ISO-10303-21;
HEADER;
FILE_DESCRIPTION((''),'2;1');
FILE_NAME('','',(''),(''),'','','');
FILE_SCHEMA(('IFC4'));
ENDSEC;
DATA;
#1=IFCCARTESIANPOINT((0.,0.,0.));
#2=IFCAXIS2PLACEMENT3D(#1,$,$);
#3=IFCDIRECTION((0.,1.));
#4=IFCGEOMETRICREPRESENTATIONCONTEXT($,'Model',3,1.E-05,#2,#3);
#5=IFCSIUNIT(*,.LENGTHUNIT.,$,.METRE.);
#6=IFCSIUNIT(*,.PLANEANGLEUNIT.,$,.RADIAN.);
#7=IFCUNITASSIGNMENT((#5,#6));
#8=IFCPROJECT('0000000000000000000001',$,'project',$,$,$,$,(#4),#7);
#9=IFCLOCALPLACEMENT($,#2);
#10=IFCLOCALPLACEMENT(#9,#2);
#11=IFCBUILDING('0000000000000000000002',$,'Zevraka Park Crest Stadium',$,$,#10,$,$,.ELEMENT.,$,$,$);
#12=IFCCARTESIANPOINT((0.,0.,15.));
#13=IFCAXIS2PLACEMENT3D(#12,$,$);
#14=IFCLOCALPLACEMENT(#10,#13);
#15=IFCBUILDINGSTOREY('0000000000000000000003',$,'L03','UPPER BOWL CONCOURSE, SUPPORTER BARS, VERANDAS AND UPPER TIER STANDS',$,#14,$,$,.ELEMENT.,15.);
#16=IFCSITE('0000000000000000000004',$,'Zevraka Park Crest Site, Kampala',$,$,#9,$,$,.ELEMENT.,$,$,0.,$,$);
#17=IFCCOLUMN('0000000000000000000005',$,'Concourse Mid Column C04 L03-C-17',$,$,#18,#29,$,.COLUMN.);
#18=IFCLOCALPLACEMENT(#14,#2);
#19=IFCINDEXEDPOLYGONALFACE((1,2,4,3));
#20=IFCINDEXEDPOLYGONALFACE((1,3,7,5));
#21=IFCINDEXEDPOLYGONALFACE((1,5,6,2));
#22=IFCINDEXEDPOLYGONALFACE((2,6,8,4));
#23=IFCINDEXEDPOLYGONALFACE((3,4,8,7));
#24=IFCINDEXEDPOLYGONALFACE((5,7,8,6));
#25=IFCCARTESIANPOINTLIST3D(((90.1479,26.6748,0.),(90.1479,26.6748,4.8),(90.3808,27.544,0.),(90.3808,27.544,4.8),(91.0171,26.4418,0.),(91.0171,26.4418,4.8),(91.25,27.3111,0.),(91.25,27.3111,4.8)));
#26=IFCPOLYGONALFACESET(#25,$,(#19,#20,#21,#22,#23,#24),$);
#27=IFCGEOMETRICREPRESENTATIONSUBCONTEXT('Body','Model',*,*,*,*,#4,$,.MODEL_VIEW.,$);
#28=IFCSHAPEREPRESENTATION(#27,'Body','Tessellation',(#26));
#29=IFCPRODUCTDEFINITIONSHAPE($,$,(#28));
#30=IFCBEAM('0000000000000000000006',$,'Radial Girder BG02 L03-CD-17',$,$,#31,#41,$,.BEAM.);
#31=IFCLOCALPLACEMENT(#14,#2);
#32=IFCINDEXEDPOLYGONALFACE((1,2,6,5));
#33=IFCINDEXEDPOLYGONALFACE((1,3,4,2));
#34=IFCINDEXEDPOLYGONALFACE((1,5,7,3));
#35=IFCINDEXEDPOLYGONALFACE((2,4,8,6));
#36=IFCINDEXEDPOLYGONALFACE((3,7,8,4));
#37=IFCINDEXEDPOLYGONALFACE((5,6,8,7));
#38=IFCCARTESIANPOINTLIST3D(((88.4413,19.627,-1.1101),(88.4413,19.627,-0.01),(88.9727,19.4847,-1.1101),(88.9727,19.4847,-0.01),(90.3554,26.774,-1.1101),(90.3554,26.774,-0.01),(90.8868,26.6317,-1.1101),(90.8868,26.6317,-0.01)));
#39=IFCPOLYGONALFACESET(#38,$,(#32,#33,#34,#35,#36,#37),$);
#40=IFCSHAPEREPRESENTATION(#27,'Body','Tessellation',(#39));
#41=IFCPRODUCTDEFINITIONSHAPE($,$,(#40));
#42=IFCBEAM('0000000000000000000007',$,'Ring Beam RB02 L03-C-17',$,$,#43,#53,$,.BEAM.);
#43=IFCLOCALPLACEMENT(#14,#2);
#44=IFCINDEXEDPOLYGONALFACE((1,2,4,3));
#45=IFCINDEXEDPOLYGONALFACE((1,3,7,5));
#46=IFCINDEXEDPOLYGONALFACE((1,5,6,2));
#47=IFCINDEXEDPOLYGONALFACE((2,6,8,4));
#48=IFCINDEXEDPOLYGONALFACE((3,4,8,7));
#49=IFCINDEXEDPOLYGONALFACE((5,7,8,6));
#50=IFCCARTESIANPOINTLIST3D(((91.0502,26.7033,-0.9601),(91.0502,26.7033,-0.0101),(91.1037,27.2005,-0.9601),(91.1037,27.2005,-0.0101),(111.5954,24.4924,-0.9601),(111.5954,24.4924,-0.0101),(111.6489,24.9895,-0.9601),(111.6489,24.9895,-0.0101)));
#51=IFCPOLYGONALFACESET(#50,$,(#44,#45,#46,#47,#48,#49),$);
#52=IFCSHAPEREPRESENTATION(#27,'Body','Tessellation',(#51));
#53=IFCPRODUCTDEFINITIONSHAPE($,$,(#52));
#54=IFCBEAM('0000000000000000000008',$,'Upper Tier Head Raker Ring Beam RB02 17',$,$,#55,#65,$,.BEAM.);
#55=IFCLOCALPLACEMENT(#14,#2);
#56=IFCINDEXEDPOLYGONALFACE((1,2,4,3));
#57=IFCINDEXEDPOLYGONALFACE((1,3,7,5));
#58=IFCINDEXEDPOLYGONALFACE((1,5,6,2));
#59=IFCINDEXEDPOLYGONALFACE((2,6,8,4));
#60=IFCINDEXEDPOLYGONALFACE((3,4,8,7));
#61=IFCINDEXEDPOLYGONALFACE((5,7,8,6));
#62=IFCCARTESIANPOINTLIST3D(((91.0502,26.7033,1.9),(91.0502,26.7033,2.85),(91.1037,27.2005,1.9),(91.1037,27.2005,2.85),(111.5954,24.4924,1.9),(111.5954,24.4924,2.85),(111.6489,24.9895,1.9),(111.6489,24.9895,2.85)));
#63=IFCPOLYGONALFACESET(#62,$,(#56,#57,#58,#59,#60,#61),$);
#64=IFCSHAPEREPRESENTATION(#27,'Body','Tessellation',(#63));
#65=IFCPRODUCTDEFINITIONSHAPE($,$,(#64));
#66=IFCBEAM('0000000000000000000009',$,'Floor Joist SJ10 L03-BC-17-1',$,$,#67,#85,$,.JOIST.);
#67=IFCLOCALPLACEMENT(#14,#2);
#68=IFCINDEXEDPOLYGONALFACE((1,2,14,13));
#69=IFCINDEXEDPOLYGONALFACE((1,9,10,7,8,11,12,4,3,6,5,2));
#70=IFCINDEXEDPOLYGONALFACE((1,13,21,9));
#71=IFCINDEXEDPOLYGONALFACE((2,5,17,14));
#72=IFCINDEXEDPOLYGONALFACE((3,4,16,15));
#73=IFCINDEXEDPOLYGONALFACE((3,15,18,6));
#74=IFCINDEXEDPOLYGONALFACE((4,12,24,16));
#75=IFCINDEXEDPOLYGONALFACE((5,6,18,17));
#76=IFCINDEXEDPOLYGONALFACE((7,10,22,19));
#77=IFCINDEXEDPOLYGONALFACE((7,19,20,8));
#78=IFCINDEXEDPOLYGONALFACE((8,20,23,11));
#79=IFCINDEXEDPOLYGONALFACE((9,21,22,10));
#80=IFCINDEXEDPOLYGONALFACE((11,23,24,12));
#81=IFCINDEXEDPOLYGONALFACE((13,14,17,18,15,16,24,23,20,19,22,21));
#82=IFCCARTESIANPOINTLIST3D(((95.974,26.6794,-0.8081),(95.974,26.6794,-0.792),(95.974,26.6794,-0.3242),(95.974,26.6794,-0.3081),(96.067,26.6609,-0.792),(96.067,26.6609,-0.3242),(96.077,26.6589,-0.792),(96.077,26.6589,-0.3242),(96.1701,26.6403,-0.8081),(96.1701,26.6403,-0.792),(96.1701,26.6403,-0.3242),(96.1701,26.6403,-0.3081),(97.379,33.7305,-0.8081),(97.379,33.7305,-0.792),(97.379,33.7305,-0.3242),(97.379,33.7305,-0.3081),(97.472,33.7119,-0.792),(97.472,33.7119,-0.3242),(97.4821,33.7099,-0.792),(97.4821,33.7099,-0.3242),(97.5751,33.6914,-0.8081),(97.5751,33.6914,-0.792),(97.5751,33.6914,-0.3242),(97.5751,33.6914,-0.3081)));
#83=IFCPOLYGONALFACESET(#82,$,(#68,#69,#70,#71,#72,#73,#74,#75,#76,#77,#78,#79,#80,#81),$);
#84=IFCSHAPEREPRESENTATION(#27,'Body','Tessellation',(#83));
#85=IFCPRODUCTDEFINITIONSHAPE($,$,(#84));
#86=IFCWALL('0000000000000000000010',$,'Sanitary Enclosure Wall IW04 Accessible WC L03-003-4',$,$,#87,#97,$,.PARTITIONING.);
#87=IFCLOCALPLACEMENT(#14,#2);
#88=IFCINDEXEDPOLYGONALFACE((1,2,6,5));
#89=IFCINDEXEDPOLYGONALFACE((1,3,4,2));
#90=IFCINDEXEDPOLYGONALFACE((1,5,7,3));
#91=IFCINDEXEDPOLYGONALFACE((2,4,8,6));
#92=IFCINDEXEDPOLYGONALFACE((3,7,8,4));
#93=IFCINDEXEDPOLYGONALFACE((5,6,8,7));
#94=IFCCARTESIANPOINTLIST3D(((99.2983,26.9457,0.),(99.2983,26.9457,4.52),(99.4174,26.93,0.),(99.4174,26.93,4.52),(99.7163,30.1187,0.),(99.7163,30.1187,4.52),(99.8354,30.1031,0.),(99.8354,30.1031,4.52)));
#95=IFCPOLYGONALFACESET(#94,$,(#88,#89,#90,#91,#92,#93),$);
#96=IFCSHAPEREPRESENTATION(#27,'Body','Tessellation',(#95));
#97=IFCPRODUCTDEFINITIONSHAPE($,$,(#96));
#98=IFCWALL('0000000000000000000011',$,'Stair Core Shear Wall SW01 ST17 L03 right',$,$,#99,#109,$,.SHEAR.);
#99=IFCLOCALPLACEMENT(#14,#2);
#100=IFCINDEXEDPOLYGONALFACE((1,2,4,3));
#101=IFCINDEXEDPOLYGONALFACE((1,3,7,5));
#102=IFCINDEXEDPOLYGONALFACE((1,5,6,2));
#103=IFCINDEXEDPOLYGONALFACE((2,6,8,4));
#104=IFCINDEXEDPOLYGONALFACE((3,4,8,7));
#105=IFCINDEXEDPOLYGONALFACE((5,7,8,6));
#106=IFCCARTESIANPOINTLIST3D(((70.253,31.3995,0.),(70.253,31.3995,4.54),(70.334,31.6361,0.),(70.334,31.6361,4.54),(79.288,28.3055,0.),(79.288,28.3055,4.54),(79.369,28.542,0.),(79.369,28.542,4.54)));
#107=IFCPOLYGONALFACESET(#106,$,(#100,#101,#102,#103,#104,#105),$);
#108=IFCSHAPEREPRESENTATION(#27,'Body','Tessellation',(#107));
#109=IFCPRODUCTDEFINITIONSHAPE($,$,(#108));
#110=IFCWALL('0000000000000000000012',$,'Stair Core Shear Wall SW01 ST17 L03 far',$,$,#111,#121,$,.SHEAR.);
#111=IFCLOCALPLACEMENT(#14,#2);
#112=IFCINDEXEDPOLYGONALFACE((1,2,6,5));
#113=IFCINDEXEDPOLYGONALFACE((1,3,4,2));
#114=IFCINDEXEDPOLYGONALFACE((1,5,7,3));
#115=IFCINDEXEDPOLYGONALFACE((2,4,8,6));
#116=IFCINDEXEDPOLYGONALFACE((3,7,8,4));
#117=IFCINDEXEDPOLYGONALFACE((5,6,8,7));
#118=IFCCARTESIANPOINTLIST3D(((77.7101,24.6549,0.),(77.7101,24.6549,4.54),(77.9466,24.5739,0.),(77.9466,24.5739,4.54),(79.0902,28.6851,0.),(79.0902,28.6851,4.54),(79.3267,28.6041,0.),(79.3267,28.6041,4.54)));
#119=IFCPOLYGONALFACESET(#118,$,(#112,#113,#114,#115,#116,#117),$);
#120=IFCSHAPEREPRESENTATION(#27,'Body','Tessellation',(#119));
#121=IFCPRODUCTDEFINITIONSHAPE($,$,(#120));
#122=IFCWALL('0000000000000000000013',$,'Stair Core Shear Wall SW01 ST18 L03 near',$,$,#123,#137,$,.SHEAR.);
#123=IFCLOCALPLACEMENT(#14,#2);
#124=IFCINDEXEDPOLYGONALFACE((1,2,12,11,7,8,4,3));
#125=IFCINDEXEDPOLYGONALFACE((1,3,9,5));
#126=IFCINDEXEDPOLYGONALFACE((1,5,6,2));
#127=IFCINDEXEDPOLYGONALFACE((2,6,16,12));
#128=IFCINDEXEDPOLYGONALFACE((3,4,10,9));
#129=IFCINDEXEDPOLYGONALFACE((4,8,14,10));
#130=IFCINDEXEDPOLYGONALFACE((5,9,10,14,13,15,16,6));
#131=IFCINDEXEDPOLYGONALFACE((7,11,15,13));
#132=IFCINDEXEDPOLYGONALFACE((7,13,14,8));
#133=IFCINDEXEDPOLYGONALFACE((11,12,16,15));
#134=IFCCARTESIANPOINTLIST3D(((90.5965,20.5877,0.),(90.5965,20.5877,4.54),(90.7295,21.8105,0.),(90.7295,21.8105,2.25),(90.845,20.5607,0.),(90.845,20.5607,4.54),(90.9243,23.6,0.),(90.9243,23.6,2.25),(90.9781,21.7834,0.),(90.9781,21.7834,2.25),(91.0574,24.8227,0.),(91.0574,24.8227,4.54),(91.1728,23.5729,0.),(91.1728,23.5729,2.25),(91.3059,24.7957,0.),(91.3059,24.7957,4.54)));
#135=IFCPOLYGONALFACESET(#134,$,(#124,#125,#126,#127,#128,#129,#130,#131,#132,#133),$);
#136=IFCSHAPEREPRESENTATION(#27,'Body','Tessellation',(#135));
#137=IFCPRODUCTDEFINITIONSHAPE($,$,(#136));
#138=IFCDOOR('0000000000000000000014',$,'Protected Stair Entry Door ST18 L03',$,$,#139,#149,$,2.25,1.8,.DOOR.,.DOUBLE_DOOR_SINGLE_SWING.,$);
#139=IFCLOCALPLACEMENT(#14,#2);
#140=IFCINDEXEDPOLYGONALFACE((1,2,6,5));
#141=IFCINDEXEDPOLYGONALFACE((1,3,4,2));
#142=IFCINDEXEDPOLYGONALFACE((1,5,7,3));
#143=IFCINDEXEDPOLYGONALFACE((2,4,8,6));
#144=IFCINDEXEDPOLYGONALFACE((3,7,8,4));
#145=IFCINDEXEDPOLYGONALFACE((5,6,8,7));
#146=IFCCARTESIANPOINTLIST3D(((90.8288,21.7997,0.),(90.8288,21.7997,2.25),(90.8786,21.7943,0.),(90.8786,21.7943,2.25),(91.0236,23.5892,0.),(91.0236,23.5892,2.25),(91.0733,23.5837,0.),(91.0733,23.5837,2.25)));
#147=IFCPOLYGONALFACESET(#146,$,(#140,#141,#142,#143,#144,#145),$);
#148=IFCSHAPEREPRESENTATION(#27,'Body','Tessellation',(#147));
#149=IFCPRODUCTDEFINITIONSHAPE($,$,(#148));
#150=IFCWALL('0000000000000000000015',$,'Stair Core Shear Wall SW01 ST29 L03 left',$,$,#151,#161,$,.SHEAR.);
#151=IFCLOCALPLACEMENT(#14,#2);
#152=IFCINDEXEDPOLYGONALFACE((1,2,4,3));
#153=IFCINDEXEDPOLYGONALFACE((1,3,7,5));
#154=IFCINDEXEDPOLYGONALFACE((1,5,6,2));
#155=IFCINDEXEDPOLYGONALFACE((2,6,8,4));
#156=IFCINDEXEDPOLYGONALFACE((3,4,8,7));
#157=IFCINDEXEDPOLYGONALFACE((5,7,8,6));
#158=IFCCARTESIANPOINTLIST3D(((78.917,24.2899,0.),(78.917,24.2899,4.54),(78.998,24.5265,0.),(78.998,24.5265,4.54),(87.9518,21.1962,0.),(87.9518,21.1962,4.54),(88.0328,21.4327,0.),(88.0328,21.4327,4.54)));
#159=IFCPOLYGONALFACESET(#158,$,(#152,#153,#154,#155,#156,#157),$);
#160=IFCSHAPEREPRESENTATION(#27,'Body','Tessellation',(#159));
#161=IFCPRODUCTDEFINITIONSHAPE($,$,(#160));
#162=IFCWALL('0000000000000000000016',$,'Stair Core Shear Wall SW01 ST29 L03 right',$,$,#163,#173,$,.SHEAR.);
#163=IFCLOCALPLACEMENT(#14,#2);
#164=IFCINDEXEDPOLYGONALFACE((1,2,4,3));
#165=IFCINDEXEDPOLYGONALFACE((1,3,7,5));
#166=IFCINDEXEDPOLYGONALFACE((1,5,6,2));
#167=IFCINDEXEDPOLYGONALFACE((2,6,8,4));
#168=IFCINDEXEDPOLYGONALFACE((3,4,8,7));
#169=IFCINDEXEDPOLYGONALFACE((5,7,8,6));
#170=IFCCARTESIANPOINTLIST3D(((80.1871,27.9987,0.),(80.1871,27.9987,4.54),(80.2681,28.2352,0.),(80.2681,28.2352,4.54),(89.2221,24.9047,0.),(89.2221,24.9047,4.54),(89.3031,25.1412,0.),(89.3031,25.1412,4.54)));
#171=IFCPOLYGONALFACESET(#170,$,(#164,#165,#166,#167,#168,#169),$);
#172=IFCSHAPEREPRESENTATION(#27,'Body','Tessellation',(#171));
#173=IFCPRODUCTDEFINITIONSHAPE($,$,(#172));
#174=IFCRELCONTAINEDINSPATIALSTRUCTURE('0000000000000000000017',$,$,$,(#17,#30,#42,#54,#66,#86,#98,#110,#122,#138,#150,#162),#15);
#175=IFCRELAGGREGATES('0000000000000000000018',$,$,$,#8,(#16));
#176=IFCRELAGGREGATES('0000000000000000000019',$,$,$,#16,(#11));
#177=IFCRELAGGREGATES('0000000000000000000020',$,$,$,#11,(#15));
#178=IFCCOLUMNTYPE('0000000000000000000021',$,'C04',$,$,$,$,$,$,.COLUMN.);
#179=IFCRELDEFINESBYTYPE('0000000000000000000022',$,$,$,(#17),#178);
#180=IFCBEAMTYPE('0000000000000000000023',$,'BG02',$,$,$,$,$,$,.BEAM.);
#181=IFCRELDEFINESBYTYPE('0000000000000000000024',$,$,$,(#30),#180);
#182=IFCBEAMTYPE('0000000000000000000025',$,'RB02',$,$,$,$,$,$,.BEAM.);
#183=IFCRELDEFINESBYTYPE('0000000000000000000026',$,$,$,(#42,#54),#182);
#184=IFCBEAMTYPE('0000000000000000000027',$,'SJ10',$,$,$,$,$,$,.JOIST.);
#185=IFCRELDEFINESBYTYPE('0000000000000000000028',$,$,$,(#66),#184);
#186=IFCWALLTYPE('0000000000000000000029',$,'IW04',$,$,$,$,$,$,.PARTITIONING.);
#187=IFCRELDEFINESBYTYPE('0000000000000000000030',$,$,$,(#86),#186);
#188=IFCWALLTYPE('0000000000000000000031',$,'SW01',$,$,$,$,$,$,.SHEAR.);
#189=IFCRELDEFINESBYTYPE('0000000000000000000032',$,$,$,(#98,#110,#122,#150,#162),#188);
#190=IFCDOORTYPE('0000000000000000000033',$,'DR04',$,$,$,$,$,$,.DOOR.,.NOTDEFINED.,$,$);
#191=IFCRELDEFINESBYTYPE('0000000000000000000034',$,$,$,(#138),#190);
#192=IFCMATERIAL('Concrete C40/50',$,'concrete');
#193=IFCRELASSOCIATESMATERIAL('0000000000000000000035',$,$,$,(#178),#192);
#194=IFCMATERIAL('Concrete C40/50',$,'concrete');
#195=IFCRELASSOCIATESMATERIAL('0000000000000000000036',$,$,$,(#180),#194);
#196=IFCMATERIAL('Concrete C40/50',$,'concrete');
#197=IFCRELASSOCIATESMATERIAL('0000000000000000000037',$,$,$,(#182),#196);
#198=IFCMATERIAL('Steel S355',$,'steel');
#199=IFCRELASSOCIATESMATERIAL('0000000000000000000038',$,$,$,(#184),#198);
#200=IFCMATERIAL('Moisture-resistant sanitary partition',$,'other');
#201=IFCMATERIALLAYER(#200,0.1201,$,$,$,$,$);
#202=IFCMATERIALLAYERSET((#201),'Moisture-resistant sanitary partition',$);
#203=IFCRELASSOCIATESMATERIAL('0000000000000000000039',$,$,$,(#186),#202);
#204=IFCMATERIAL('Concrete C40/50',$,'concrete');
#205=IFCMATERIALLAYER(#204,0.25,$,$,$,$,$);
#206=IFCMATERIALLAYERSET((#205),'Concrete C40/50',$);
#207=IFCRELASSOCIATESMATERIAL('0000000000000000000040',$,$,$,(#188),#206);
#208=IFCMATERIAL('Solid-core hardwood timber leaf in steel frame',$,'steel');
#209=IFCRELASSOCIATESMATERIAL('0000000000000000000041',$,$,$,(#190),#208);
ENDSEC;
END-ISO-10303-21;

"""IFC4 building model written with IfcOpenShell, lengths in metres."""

from ifc_helpers import new_model, si_unit, direction, frame, frame_2d, origin, origin_2d, place, context, subcontext, project, spatial, rectangle, i_section, extrude, material, layer, layer_set, material_profile, profile_set, type_object, element, fill, save


model = new_model("IFC4")

# Units and contexts
model_context = context("Model", 3, precision=1e-05, world=origin(), true_north=direction((0.0, 1.0)))
body_context = subcontext(model_context, "Body", "Model", "MODEL_VIEW")
ifc_project = project(units=[si_unit("LENGTHUNIT", "METRE"), si_unit("PLANEANGLEUNIT", "RADIAN")], contexts=[model_context])

# Site, building, storey
site_placement = place(None, origin())
site = spatial("IfcSite", under=ifc_project, at=site_placement, Name="Zevraka Park Crest Site, Kampala", CompositionType="ELEMENT", RefElevation=0.0)
building_placement = place(site_placement, origin())
building = spatial("IfcBuilding", under=site, at=building_placement, Name="Zevraka Park Crest Stadium", CompositionType="ELEMENT")
storey_placement = place(building_placement, frame((0.0, 0.0, 15.0)))
storey = spatial("IfcBuildingStorey", under=building, at=storey_placement, Name="L03", Description="UPPER BOWL CONCOURSE, SUPPORTER BARS, VERANDAS AND UPPER TIER STANDS", CompositionType="ELEMENT", Elevation=15.0)

# Column
ifc_material_1 = material(Name="Concrete C40/50", Category="concrete")
ifc_material_profile_1 = material_profile(ifc_material_1, rectangle(XDim=0.8999, YDim=0.8999, at=origin_2d()), Name="RC 900x900")
ifc_profile_set_1 = profile_set([ifc_material_profile_1], Name="Concrete C40/50")
column_type = type_object("IfcColumnType", Name="C04", PredefinedType="COLUMN", material=ifc_profile_set_1)
column_placement = place(storey_placement, frame((90.699, 26.9929, 0.0), z_axis=(0.0, 0.0, 1.0), x_axis=(0.258819, 0.965926, 0.0)))
element("IfcColumn", 1, at=column_placement, inside=storey, type_object=column_type, Name="Concourse Mid Column C04 L03-C-17", PredefinedType="COLUMN", context=body_context, shape_type="SweptSolid", body=[
    extrude(rectangle(XDim=0.8999, YDim=0.8999, at=origin_2d()), origin(), (0.0, 0.0, 1.0), 4.8),
])

# Beams
ifc_material_2 = material(Name="Concrete C40/50", Category="concrete")
ifc_material_profile_2 = material_profile(ifc_material_2, rectangle(XDim=0.55, YDim=1.1001, at=origin_2d()), Name="RC 1100x550")
ifc_profile_set_2 = profile_set([ifc_material_profile_2], Name="Concrete C40/50")
beam_type_1 = type_object("IfcBeamType", Name="BG02", PredefinedType="BEAM", material=ifc_profile_set_2)
beam_1_placement = place(storey_placement, frame((90.6211, 26.7029, -0.5601), z_axis=(-0.258698, -0.965958, 0.0), x_axis=(0.965958, -0.258698, 0.0)))
element("IfcBeam", 2, at=beam_1_placement, inside=storey, type_object=beam_type_1, Name="Radial Girder BG02 L03-CD-17", PredefinedType="BEAM", context=body_context, shape_type="SweptSolid", body=[
    extrude(rectangle(XDim=0.55, YDim=1.1001, at=origin_2d()), origin(), (0.0, 0.0, 1.0), 7.3989),
])
ifc_material_3 = material(Name="Concrete C40/50", Category="concrete")
ifc_material_profile_3 = material_profile(ifc_material_3, rectangle(XDim=0.5, YDim=0.95, at=origin_2d()), Name="RC 950x500")
ifc_profile_set_3 = profile_set([ifc_material_profile_3], Name="Concrete C40/50")
beam_type_2 = type_object("IfcBeamType", Name="RB02", PredefinedType="BEAM", material=ifc_profile_set_3)
for number, where, z_axis, x_axis, name in (
    (3, (91.0769, 26.9519, -0.4851), (0.994259, -0.106996, 0.0), (0.106996, 0.994259, 0.0), "Ring Beam RB02 L03-C-17"),
    (4, (91.0769, 26.9519, 2.375), (0.994259, -0.106996, 0.0), (0.106996, 0.994259, 0.0), "Upper Tier Head Raker Ring Beam RB02 17"),
):
    element("IfcBeam", number, at=place(storey_placement, frame(where, z_axis=z_axis, x_axis=x_axis)), inside=storey, type_object=beam_type_2, Name=name, PredefinedType="BEAM", context=body_context, shape_type="SweptSolid", body=[
        extrude(rectangle(XDim=0.5, YDim=0.95, at=origin_2d()), origin(), (0.0, 0.0, 1.0), 20.6638),
    ])
ifc_material_4 = material(Name="Steel S355", Category="steel")
ifc_material_profile_4 = material_profile(ifc_material_4, i_section(OverallWidth=0.2, OverallDepth=0.5, WebThickness=0.0103, FlangeThickness=0.0161, at=origin_2d()), Name="IPE 500")
ifc_profile_set_4 = profile_set([ifc_material_profile_4], Name="Steel S355")
beam_type_3 = type_object("IfcBeamType", Name="SJ10", PredefinedType="JOIST", material=ifc_profile_set_4)
beam_2_placement = place(storey_placement, frame((97.4771, 33.7109, -0.5581), z_axis=(-0.195424, -0.980719, 0.0), x_axis=(0.980719, -0.195424, 0.0)))
element("IfcBeam", 5, at=beam_2_placement, inside=storey, type_object=beam_type_3, Name="Floor Joist SJ10 L03-BC-17-1", PredefinedType="JOIST", context=body_context, shape_type="SweptSolid", body=[
    extrude(i_section(OverallWidth=0.2, OverallDepth=0.5, WebThickness=0.0103, FlangeThickness=0.0161, at=origin_2d()), origin(), (0.0, 0.0, 1.0), 7.1897),
])

# Walls
ifc_material_5 = material(Name="Moisture-resistant sanitary partition", Category="other")
ifc_layer_1 = layer(ifc_material_5, 0.1201)
ifc_layer_set_1 = layer_set([ifc_layer_1], Name="Moisture-resistant sanitary partition")
wall_type_1 = type_object("IfcWallType", Name="IW04", PredefinedType="PARTITIONING", material=ifc_layer_set_1)
wall_1_placement = place(storey_placement, frame((99.3579, 26.938, 0.0), z_axis=(0.0, 0.0, 1.0), x_axis=(0.130595, 0.991436, 0.0)))
element("IfcWall", 6, at=wall_1_placement, inside=storey, type_object=wall_type_1, Name="Sanitary Enclosure Wall IW04 Accessible WC L03-003-4", PredefinedType="PARTITIONING", context=body_context, shape_type="SweptSolid", body=[
    extrude(rectangle(XDim=3.2004, YDim=0.1201, at=frame_2d((1.6001, 0.0))), origin(), (0.0, 0.0, 1.0), 4.52),
])
ifc_material_6 = material(Name="Concrete C40/50", Category="concrete")
ifc_layer_2 = layer(ifc_material_6, 0.25)
ifc_layer_set_2 = layer_set([ifc_layer_2], Name="Concrete C40/50")
wall_type_2 = type_object("IfcWallType", Name="SW01", PredefinedType="SHEAR", material=ifc_layer_set_2)
wall_2_placement = place(storey_placement, frame((79.3284, 28.4238, 0.0), z_axis=(0.0, 0.0, 1.0), x_axis=(-0.946064, 0.323979, 0.0)))
element("IfcWall", 7, at=wall_2_placement, inside=storey, type_object=wall_type_2, Name="Stair Core Shear Wall SW01 ST17 L03 right", PredefinedType="SHEAR", context=body_context, shape_type="SweptSolid", body=[
    extrude(rectangle(XDim=9.55, YDim=0.25, at=frame_2d((4.7749, 0.0))), origin(), (0.0, 0.0, 1.0), 4.54),
])
wall_3_placement = place(storey_placement, frame((77.8284, 24.6145, 0.0), z_axis=(0.0, 0.0, 1.0), x_axis=(0.323971, 0.946067, 0.0)))
element("IfcWall", 8, at=wall_3_placement, inside=storey, type_object=wall_type_2, Name="Stair Core Shear Wall SW01 ST17 L03 far", PredefinedType="SHEAR", context=body_context, shape_type="SweptSolid", body=[
    extrude(rectangle(XDim=4.26, YDim=0.25, at=frame_2d((2.1299, 0.0))), origin(), (0.0, 0.0, 1.0), 4.54),
])

# Wall, opening, door
wall_4_placement = place(storey_placement, frame((91.1816, 24.8091, 0.0), z_axis=(0.0, 0.0, 1.0), x_axis=(-0.108198, -0.994129, 0.0)))
wall_4 = element("IfcWall", 9, at=wall_4_placement, inside=storey, type_object=wall_type_2, Name="Stair Core Shear Wall SW01 ST18 L03 near", PredefinedType="SHEAR", context=body_context, shape_type="SweptSolid", body=[
    extrude(rectangle(XDim=4.26, YDim=0.25, at=frame_2d((2.1299, 0.0))), origin(), (0.0, 0.0, 1.0), 4.54),
])
opening_1_placement = place(wall_4_placement, frame((1.23, 0.0, 0.0)))
opening_1 = element("IfcOpeningElement", 10, at=opening_1_placement, cuts=wall_4, PredefinedType="OPENING", context=body_context, shape_type="SweptSolid", body=[
    extrude(rectangle(XDim=1.8, YDim=2.25, at=frame_2d((0.8999, 1.125))), frame((0.0, 0.135, 0.0), z_axis=(0.0, -1.0, 0.0), x_axis=(1.0, 0.0, 0.0)), (0.0, 0.0, 1.0), 0.27),
])
ifc_material_7 = material(Name="Solid-core hardwood timber leaf in steel frame", Category="steel")
door_type = type_object("IfcDoorType", Name="DR04", OperationType="NOTDEFINED", PredefinedType="DOOR", material=ifc_material_7)
door_1_placement = place(opening_1_placement, origin())
door_1 = element("IfcDoor", 11, at=door_1_placement, inside=storey, type_object=door_type, Name="Protected Stair Entry Door ST18 L03", OperationType="DOUBLE_DOOR_SINGLE_SWING", OverallHeight=2.25, OverallWidth=1.8, PredefinedType="DOOR", context=body_context, shape_type="SweptSolid", body=[
    extrude(rectangle(XDim=1.8, YDim=2.25, at=frame_2d((0.8999, 1.125))), frame((0.0, 0.0249, 0.0), z_axis=(0.0, -1.0, 0.0), x_axis=(1.0, 0.0, 0.0)), (0.0, 0.0, 1.0), 0.05),
])
fill(opening_1, door_1)

# Walls
wall_5_placement = place(storey_placement, frame((78.9575, 24.4082, 0.0), z_axis=(0.0, 0.0, 1.0), x_axis=(0.946072, -0.323956, 0.0)))
element("IfcWall", 12, at=wall_5_placement, inside=storey, type_object=wall_type_2, Name="Stair Core Shear Wall SW01 ST29 L03 left", PredefinedType="SHEAR", context=body_context, shape_type="SweptSolid", body=[
    extrude(rectangle(XDim=9.5498, YDim=0.25, at=frame_2d((4.7749, 0.0))), origin(), (0.0, 0.0, 1.0), 4.54),
])
wall_6_placement = place(storey_placement, frame((89.2625, 25.0229, 0.0), z_axis=(0.0, 0.0, 1.0), x_axis=(-0.946064, 0.323979, 0.0)))
element("IfcWall", 13, at=wall_6_placement, inside=storey, type_object=wall_type_2, Name="Stair Core Shear Wall SW01 ST29 L03 right", PredefinedType="SHEAR", context=body_context, shape_type="SweptSolid", body=[
    extrude(rectangle(XDim=9.55, YDim=0.25, at=frame_2d((4.7749, 0.0))), origin(), (0.0, 0.0, 1.0), 4.54),
])

save(model, "model.ifc")
